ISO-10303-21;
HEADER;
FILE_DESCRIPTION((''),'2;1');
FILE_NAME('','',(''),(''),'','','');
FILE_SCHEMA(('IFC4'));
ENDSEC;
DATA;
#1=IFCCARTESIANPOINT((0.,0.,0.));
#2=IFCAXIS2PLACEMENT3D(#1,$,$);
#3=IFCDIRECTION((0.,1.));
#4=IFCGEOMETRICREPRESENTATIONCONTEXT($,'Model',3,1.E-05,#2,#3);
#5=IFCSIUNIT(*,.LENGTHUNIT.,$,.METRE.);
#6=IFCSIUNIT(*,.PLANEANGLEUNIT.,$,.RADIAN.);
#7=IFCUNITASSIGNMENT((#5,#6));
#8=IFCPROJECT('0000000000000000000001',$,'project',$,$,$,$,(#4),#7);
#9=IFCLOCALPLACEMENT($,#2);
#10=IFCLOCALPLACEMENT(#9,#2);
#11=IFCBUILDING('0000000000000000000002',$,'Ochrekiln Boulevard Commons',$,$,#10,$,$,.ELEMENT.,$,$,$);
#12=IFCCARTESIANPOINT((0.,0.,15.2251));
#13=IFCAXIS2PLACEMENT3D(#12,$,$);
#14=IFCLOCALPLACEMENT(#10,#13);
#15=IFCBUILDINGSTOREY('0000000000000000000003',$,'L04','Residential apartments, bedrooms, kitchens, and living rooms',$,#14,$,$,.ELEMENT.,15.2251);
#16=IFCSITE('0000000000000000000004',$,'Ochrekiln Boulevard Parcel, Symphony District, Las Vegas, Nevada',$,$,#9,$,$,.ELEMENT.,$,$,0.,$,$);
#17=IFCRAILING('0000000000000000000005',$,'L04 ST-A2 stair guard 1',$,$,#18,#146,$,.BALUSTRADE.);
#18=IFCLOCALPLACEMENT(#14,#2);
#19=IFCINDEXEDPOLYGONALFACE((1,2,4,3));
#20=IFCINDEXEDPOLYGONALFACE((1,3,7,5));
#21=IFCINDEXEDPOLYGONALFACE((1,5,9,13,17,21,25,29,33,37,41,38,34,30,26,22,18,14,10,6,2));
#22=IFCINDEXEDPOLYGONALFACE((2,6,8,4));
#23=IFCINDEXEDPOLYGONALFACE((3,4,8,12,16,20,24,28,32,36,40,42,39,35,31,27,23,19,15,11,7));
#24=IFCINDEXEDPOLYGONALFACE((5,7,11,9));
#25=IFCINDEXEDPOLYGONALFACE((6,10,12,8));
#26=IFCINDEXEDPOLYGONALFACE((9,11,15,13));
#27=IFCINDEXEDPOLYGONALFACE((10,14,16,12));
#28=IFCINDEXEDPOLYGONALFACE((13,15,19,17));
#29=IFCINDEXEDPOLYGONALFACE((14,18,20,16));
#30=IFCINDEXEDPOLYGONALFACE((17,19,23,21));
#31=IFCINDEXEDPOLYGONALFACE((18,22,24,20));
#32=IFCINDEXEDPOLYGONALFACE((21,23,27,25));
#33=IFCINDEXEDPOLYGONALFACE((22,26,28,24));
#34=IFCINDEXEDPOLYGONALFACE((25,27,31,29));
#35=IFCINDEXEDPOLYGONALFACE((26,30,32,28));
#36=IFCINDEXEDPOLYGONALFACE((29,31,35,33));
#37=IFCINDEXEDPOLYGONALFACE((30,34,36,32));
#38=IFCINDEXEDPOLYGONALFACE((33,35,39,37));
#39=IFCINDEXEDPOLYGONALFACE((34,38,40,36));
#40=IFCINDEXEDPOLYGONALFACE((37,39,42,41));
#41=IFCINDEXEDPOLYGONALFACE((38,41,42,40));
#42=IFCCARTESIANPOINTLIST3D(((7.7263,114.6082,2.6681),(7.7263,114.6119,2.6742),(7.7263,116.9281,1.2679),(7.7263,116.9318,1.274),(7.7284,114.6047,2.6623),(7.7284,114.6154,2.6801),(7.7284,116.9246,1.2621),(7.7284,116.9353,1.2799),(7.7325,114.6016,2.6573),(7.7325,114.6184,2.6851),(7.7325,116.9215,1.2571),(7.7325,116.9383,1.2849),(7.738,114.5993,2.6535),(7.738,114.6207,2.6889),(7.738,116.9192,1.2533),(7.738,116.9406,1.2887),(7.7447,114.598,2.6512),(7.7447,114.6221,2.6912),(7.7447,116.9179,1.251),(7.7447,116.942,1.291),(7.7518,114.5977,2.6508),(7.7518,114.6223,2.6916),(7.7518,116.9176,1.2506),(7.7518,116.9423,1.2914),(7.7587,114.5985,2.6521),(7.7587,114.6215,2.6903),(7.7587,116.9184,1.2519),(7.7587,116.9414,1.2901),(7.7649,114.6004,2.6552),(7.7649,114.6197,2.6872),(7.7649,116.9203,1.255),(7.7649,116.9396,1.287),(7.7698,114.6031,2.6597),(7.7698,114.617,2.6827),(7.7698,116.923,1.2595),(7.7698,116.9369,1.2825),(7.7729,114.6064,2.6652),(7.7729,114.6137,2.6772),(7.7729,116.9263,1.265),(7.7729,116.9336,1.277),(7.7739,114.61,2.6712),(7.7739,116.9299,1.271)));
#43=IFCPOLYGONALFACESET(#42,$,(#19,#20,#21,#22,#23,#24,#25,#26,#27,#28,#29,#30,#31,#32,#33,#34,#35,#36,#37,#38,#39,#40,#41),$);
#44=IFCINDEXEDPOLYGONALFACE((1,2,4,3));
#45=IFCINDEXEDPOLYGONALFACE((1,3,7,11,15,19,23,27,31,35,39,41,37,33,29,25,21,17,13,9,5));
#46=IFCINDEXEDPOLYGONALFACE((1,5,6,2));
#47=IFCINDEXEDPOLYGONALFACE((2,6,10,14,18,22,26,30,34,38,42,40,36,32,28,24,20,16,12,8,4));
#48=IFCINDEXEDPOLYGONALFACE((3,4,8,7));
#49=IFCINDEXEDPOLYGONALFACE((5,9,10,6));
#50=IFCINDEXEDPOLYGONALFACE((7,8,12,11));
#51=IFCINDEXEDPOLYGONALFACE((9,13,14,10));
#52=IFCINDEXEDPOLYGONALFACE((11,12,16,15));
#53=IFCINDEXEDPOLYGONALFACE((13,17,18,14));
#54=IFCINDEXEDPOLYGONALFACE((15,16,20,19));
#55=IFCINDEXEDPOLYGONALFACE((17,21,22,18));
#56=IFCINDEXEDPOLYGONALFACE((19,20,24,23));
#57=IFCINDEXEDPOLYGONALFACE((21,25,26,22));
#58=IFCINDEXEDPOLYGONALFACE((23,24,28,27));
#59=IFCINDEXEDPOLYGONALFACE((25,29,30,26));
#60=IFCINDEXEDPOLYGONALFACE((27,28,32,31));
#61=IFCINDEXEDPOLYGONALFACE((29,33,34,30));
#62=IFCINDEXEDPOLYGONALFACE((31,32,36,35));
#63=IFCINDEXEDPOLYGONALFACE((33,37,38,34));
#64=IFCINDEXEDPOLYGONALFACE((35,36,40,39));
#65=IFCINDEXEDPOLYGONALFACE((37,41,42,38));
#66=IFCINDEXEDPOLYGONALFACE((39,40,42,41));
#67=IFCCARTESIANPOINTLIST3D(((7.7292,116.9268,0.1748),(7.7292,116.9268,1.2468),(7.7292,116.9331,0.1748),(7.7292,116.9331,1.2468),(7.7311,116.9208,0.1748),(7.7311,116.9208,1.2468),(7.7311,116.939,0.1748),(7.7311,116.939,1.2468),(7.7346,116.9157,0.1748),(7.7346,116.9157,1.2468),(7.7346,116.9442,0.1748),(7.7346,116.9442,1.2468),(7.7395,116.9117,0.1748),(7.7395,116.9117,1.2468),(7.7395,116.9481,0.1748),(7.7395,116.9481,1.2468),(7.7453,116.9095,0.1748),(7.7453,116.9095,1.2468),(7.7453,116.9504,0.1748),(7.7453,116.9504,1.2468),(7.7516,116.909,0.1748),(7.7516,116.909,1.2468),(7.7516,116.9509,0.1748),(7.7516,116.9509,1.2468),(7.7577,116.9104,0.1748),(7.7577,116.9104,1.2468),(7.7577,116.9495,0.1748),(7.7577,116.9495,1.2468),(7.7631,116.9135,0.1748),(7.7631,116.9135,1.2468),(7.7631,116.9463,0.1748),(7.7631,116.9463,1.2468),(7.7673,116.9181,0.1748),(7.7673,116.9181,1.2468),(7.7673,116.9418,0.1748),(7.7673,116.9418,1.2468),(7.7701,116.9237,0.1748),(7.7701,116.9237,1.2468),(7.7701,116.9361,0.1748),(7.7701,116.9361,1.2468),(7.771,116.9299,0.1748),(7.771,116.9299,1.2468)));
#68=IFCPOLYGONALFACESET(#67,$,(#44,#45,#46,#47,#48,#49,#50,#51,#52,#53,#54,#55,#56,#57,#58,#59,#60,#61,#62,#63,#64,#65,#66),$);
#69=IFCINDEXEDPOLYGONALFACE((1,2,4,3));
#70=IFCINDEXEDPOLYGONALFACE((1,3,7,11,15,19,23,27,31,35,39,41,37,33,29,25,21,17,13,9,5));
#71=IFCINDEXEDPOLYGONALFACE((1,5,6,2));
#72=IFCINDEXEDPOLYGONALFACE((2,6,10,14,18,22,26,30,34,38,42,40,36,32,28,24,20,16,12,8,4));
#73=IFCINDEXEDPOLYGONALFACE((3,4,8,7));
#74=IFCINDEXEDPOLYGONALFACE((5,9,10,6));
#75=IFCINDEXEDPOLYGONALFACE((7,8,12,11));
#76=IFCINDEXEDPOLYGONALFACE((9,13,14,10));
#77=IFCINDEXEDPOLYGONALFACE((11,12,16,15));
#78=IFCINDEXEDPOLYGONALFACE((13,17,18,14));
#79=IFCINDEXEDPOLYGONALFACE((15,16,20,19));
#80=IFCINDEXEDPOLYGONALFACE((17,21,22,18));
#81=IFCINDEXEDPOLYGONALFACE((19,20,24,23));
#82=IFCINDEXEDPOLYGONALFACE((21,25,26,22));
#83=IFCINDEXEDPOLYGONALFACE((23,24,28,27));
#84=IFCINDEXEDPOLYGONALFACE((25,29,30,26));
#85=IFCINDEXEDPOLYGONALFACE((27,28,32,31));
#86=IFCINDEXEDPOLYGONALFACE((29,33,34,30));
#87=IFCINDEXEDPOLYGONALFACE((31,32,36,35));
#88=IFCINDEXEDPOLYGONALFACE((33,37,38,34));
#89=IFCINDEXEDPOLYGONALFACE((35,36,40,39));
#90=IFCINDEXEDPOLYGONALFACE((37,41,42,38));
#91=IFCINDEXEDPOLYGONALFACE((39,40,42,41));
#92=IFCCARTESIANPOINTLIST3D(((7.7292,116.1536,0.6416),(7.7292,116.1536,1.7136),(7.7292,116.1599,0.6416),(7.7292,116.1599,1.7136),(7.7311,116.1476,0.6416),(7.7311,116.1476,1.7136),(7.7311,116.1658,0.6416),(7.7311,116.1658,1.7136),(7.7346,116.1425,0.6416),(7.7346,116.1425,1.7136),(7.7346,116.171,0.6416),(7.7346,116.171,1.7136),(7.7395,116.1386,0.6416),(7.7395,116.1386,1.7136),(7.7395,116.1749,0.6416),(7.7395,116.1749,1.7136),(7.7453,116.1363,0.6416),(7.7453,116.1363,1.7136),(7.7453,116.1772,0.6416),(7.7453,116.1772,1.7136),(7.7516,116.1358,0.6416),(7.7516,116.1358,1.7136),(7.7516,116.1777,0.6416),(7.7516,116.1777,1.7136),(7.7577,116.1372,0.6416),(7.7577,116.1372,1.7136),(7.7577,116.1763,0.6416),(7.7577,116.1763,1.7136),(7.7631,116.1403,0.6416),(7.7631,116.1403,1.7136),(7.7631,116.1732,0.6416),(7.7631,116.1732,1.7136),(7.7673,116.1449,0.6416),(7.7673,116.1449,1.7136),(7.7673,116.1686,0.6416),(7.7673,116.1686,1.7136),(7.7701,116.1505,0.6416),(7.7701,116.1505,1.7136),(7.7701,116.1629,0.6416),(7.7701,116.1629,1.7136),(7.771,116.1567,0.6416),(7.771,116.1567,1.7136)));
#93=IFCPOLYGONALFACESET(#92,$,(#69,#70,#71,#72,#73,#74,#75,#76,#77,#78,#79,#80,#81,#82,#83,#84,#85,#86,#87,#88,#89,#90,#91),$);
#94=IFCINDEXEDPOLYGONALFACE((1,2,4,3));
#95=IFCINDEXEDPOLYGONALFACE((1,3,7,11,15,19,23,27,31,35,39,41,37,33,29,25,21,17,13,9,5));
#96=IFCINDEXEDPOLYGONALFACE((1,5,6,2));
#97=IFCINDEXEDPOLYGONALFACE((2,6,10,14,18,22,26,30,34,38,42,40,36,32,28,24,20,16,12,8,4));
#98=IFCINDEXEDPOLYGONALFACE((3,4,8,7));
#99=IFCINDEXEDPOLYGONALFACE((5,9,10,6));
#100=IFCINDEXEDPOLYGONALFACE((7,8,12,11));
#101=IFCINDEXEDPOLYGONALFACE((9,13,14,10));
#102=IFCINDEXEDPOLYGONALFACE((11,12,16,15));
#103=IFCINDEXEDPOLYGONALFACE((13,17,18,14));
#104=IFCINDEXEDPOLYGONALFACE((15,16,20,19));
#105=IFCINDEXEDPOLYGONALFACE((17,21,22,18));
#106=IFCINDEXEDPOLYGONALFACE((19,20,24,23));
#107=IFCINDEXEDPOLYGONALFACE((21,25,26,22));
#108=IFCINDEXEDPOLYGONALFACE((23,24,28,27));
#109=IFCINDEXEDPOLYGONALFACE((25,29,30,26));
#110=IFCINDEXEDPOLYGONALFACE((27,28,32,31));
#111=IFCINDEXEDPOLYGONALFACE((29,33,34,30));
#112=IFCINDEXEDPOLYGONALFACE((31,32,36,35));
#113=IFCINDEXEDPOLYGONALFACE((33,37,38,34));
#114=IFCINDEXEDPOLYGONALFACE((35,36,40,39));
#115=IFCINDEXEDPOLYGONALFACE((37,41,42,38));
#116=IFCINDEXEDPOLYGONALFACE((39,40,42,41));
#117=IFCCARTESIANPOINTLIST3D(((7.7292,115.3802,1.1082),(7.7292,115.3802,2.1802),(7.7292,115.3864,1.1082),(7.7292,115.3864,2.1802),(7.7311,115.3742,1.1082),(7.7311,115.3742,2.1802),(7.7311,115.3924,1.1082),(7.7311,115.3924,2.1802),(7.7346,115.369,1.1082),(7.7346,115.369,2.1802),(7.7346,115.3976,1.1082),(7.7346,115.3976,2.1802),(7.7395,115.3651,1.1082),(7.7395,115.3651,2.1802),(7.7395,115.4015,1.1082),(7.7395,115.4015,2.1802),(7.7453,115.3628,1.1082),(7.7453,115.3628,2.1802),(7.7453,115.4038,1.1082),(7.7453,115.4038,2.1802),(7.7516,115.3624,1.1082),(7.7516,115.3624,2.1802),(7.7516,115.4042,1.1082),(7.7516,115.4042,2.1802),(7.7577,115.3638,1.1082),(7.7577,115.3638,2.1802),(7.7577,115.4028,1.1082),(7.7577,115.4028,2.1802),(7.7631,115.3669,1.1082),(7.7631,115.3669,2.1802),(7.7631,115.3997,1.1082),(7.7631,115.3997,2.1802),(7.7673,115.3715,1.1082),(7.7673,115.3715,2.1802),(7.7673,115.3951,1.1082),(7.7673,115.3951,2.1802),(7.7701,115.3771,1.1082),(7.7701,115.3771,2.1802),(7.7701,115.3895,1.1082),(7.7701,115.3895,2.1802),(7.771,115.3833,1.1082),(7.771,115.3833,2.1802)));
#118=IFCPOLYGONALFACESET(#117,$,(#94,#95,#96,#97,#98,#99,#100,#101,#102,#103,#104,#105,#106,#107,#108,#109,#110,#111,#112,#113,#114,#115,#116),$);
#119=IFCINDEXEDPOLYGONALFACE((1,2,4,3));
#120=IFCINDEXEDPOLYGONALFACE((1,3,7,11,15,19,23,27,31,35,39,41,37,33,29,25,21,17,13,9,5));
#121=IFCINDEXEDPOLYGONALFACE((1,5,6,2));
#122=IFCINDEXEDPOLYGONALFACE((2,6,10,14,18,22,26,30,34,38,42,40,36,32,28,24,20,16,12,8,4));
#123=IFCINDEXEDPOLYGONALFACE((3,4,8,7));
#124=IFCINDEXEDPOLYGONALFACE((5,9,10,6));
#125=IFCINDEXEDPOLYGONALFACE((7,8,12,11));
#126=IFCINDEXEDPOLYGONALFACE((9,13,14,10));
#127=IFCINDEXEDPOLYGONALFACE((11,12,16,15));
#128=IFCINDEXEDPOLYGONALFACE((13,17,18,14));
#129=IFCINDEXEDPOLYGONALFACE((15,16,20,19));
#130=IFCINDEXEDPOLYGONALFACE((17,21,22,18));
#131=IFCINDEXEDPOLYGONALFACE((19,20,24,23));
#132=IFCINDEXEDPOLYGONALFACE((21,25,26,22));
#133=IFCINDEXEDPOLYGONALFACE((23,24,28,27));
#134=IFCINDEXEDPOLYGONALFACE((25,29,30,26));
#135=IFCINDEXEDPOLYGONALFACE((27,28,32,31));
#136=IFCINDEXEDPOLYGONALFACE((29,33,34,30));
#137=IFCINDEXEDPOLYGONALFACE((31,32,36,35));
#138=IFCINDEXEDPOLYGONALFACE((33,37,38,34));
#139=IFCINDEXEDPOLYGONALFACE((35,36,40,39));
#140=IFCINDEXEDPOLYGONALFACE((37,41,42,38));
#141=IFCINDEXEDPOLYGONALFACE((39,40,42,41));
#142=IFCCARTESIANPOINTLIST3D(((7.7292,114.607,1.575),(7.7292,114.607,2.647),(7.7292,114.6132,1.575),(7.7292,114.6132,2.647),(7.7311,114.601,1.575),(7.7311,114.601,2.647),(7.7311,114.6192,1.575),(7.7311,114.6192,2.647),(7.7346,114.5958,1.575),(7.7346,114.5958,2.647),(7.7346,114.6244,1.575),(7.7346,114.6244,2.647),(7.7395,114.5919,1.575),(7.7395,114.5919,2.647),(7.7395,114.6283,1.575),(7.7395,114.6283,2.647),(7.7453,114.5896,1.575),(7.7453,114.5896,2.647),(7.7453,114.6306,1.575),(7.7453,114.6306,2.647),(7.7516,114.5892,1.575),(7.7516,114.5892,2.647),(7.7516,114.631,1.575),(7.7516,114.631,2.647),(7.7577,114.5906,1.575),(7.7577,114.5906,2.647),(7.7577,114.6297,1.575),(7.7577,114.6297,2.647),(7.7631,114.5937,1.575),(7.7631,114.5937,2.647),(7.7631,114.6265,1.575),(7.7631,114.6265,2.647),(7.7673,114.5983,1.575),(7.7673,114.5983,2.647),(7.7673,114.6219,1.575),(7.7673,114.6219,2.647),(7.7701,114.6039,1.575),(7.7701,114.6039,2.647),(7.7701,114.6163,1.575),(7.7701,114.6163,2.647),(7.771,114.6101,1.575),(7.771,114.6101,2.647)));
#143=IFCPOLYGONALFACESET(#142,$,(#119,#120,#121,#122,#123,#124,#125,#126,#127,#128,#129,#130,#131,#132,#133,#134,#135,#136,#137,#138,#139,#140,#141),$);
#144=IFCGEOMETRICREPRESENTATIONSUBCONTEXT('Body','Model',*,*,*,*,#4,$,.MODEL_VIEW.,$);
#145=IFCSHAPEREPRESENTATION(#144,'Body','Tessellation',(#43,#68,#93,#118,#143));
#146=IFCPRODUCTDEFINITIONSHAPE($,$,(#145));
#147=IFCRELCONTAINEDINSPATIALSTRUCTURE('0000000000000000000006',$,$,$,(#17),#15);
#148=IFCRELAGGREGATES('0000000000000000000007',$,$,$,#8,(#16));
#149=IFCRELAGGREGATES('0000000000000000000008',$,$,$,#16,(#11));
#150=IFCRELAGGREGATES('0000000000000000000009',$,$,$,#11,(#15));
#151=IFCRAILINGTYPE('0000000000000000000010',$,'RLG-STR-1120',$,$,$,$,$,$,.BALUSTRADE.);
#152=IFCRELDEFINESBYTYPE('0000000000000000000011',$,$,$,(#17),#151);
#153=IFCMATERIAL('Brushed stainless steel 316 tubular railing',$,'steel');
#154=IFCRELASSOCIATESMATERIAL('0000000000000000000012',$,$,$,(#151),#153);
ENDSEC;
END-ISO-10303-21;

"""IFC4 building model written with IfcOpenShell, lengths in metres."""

from ifc_helpers import new_model, si_unit, direction, frame, origin, origin_2d, place, context, subcontext, project, spatial, circle, extrude, material, type_object, element, save


model = new_model("IFC4")

# Units and contexts
model_context = context("Model", 3, precision=1e-05, world=origin(), true_north=direction((0.0, 1.0)))
body_context = subcontext(model_context, "Body", "Model", "MODEL_VIEW")
ifc_project = project(units=[si_unit("LENGTHUNIT", "METRE"), si_unit("PLANEANGLEUNIT", "RADIAN")], contexts=[model_context])

# Site, building, storey
site_placement = place(None, origin())
site = spatial("IfcSite", under=ifc_project, at=site_placement, Name="Ochrekiln Boulevard Parcel, Symphony District, Las Vegas, Nevada", CompositionType="ELEMENT", RefElevation=0.0)
building_placement = place(site_placement, origin())
building = spatial("IfcBuilding", under=site, at=building_placement, Name="Ochrekiln Boulevard Commons", CompositionType="ELEMENT")
storey_placement = place(building_placement, frame((0.0, 0.0, 15.2251)))
storey = spatial("IfcBuildingStorey", under=building, at=storey_placement, Name="L04", Description="Residential apartments, bedrooms, kitchens, and living rooms", CompositionType="ELEMENT", Elevation=15.2251)

# Railing
ifc_material_1 = material(Name="Brushed stainless steel 316 tubular railing", Category="steel")
railing_type_1 = type_object("IfcRailingType", Name="RLG-STR-1120", PredefinedType="BALUSTRADE", material=ifc_material_1)
railing_1_placement = place(storey_placement, frame((7.75, 116.9299, 0.1748)))
element("IfcRailing", 1, at=railing_1_placement, inside=storey, type_object=railing_type_1, Name="L04 ST-A2 stair guard 1", PredefinedType="BALUSTRADE", context=body_context, shape_type="SweptSolid", body=[
    extrude(circle(Radius=0.0239, at=origin_2d()), frame((0.0, 0.0, 1.0962), z_axis=(0.0, -0.856146, 0.516733), x_axis=(1.0, 0.0, 0.0)), (0.0, 0.0, 1.0), 2.7097),
    extrude(circle(Radius=0.021, at=origin_2d()), origin(), (0.0, 0.0, 1.0), 1.072),
    extrude(circle(Radius=0.021, at=origin_2d()), frame((0.0, -0.7732, 0.4668)), (0.0, 0.0, 1.0), 1.072),
    extrude(circle(Radius=0.021, at=origin_2d()), frame((0.0, -1.5466, 0.9333)), (0.0, 0.0, 1.0), 1.072),
    extrude(circle(Radius=0.021, at=origin_2d()), frame((0.0, -2.3198, 1.4001)), (0.0, 0.0, 1.0), 1.072),
])

save(model, "model.ifc")
